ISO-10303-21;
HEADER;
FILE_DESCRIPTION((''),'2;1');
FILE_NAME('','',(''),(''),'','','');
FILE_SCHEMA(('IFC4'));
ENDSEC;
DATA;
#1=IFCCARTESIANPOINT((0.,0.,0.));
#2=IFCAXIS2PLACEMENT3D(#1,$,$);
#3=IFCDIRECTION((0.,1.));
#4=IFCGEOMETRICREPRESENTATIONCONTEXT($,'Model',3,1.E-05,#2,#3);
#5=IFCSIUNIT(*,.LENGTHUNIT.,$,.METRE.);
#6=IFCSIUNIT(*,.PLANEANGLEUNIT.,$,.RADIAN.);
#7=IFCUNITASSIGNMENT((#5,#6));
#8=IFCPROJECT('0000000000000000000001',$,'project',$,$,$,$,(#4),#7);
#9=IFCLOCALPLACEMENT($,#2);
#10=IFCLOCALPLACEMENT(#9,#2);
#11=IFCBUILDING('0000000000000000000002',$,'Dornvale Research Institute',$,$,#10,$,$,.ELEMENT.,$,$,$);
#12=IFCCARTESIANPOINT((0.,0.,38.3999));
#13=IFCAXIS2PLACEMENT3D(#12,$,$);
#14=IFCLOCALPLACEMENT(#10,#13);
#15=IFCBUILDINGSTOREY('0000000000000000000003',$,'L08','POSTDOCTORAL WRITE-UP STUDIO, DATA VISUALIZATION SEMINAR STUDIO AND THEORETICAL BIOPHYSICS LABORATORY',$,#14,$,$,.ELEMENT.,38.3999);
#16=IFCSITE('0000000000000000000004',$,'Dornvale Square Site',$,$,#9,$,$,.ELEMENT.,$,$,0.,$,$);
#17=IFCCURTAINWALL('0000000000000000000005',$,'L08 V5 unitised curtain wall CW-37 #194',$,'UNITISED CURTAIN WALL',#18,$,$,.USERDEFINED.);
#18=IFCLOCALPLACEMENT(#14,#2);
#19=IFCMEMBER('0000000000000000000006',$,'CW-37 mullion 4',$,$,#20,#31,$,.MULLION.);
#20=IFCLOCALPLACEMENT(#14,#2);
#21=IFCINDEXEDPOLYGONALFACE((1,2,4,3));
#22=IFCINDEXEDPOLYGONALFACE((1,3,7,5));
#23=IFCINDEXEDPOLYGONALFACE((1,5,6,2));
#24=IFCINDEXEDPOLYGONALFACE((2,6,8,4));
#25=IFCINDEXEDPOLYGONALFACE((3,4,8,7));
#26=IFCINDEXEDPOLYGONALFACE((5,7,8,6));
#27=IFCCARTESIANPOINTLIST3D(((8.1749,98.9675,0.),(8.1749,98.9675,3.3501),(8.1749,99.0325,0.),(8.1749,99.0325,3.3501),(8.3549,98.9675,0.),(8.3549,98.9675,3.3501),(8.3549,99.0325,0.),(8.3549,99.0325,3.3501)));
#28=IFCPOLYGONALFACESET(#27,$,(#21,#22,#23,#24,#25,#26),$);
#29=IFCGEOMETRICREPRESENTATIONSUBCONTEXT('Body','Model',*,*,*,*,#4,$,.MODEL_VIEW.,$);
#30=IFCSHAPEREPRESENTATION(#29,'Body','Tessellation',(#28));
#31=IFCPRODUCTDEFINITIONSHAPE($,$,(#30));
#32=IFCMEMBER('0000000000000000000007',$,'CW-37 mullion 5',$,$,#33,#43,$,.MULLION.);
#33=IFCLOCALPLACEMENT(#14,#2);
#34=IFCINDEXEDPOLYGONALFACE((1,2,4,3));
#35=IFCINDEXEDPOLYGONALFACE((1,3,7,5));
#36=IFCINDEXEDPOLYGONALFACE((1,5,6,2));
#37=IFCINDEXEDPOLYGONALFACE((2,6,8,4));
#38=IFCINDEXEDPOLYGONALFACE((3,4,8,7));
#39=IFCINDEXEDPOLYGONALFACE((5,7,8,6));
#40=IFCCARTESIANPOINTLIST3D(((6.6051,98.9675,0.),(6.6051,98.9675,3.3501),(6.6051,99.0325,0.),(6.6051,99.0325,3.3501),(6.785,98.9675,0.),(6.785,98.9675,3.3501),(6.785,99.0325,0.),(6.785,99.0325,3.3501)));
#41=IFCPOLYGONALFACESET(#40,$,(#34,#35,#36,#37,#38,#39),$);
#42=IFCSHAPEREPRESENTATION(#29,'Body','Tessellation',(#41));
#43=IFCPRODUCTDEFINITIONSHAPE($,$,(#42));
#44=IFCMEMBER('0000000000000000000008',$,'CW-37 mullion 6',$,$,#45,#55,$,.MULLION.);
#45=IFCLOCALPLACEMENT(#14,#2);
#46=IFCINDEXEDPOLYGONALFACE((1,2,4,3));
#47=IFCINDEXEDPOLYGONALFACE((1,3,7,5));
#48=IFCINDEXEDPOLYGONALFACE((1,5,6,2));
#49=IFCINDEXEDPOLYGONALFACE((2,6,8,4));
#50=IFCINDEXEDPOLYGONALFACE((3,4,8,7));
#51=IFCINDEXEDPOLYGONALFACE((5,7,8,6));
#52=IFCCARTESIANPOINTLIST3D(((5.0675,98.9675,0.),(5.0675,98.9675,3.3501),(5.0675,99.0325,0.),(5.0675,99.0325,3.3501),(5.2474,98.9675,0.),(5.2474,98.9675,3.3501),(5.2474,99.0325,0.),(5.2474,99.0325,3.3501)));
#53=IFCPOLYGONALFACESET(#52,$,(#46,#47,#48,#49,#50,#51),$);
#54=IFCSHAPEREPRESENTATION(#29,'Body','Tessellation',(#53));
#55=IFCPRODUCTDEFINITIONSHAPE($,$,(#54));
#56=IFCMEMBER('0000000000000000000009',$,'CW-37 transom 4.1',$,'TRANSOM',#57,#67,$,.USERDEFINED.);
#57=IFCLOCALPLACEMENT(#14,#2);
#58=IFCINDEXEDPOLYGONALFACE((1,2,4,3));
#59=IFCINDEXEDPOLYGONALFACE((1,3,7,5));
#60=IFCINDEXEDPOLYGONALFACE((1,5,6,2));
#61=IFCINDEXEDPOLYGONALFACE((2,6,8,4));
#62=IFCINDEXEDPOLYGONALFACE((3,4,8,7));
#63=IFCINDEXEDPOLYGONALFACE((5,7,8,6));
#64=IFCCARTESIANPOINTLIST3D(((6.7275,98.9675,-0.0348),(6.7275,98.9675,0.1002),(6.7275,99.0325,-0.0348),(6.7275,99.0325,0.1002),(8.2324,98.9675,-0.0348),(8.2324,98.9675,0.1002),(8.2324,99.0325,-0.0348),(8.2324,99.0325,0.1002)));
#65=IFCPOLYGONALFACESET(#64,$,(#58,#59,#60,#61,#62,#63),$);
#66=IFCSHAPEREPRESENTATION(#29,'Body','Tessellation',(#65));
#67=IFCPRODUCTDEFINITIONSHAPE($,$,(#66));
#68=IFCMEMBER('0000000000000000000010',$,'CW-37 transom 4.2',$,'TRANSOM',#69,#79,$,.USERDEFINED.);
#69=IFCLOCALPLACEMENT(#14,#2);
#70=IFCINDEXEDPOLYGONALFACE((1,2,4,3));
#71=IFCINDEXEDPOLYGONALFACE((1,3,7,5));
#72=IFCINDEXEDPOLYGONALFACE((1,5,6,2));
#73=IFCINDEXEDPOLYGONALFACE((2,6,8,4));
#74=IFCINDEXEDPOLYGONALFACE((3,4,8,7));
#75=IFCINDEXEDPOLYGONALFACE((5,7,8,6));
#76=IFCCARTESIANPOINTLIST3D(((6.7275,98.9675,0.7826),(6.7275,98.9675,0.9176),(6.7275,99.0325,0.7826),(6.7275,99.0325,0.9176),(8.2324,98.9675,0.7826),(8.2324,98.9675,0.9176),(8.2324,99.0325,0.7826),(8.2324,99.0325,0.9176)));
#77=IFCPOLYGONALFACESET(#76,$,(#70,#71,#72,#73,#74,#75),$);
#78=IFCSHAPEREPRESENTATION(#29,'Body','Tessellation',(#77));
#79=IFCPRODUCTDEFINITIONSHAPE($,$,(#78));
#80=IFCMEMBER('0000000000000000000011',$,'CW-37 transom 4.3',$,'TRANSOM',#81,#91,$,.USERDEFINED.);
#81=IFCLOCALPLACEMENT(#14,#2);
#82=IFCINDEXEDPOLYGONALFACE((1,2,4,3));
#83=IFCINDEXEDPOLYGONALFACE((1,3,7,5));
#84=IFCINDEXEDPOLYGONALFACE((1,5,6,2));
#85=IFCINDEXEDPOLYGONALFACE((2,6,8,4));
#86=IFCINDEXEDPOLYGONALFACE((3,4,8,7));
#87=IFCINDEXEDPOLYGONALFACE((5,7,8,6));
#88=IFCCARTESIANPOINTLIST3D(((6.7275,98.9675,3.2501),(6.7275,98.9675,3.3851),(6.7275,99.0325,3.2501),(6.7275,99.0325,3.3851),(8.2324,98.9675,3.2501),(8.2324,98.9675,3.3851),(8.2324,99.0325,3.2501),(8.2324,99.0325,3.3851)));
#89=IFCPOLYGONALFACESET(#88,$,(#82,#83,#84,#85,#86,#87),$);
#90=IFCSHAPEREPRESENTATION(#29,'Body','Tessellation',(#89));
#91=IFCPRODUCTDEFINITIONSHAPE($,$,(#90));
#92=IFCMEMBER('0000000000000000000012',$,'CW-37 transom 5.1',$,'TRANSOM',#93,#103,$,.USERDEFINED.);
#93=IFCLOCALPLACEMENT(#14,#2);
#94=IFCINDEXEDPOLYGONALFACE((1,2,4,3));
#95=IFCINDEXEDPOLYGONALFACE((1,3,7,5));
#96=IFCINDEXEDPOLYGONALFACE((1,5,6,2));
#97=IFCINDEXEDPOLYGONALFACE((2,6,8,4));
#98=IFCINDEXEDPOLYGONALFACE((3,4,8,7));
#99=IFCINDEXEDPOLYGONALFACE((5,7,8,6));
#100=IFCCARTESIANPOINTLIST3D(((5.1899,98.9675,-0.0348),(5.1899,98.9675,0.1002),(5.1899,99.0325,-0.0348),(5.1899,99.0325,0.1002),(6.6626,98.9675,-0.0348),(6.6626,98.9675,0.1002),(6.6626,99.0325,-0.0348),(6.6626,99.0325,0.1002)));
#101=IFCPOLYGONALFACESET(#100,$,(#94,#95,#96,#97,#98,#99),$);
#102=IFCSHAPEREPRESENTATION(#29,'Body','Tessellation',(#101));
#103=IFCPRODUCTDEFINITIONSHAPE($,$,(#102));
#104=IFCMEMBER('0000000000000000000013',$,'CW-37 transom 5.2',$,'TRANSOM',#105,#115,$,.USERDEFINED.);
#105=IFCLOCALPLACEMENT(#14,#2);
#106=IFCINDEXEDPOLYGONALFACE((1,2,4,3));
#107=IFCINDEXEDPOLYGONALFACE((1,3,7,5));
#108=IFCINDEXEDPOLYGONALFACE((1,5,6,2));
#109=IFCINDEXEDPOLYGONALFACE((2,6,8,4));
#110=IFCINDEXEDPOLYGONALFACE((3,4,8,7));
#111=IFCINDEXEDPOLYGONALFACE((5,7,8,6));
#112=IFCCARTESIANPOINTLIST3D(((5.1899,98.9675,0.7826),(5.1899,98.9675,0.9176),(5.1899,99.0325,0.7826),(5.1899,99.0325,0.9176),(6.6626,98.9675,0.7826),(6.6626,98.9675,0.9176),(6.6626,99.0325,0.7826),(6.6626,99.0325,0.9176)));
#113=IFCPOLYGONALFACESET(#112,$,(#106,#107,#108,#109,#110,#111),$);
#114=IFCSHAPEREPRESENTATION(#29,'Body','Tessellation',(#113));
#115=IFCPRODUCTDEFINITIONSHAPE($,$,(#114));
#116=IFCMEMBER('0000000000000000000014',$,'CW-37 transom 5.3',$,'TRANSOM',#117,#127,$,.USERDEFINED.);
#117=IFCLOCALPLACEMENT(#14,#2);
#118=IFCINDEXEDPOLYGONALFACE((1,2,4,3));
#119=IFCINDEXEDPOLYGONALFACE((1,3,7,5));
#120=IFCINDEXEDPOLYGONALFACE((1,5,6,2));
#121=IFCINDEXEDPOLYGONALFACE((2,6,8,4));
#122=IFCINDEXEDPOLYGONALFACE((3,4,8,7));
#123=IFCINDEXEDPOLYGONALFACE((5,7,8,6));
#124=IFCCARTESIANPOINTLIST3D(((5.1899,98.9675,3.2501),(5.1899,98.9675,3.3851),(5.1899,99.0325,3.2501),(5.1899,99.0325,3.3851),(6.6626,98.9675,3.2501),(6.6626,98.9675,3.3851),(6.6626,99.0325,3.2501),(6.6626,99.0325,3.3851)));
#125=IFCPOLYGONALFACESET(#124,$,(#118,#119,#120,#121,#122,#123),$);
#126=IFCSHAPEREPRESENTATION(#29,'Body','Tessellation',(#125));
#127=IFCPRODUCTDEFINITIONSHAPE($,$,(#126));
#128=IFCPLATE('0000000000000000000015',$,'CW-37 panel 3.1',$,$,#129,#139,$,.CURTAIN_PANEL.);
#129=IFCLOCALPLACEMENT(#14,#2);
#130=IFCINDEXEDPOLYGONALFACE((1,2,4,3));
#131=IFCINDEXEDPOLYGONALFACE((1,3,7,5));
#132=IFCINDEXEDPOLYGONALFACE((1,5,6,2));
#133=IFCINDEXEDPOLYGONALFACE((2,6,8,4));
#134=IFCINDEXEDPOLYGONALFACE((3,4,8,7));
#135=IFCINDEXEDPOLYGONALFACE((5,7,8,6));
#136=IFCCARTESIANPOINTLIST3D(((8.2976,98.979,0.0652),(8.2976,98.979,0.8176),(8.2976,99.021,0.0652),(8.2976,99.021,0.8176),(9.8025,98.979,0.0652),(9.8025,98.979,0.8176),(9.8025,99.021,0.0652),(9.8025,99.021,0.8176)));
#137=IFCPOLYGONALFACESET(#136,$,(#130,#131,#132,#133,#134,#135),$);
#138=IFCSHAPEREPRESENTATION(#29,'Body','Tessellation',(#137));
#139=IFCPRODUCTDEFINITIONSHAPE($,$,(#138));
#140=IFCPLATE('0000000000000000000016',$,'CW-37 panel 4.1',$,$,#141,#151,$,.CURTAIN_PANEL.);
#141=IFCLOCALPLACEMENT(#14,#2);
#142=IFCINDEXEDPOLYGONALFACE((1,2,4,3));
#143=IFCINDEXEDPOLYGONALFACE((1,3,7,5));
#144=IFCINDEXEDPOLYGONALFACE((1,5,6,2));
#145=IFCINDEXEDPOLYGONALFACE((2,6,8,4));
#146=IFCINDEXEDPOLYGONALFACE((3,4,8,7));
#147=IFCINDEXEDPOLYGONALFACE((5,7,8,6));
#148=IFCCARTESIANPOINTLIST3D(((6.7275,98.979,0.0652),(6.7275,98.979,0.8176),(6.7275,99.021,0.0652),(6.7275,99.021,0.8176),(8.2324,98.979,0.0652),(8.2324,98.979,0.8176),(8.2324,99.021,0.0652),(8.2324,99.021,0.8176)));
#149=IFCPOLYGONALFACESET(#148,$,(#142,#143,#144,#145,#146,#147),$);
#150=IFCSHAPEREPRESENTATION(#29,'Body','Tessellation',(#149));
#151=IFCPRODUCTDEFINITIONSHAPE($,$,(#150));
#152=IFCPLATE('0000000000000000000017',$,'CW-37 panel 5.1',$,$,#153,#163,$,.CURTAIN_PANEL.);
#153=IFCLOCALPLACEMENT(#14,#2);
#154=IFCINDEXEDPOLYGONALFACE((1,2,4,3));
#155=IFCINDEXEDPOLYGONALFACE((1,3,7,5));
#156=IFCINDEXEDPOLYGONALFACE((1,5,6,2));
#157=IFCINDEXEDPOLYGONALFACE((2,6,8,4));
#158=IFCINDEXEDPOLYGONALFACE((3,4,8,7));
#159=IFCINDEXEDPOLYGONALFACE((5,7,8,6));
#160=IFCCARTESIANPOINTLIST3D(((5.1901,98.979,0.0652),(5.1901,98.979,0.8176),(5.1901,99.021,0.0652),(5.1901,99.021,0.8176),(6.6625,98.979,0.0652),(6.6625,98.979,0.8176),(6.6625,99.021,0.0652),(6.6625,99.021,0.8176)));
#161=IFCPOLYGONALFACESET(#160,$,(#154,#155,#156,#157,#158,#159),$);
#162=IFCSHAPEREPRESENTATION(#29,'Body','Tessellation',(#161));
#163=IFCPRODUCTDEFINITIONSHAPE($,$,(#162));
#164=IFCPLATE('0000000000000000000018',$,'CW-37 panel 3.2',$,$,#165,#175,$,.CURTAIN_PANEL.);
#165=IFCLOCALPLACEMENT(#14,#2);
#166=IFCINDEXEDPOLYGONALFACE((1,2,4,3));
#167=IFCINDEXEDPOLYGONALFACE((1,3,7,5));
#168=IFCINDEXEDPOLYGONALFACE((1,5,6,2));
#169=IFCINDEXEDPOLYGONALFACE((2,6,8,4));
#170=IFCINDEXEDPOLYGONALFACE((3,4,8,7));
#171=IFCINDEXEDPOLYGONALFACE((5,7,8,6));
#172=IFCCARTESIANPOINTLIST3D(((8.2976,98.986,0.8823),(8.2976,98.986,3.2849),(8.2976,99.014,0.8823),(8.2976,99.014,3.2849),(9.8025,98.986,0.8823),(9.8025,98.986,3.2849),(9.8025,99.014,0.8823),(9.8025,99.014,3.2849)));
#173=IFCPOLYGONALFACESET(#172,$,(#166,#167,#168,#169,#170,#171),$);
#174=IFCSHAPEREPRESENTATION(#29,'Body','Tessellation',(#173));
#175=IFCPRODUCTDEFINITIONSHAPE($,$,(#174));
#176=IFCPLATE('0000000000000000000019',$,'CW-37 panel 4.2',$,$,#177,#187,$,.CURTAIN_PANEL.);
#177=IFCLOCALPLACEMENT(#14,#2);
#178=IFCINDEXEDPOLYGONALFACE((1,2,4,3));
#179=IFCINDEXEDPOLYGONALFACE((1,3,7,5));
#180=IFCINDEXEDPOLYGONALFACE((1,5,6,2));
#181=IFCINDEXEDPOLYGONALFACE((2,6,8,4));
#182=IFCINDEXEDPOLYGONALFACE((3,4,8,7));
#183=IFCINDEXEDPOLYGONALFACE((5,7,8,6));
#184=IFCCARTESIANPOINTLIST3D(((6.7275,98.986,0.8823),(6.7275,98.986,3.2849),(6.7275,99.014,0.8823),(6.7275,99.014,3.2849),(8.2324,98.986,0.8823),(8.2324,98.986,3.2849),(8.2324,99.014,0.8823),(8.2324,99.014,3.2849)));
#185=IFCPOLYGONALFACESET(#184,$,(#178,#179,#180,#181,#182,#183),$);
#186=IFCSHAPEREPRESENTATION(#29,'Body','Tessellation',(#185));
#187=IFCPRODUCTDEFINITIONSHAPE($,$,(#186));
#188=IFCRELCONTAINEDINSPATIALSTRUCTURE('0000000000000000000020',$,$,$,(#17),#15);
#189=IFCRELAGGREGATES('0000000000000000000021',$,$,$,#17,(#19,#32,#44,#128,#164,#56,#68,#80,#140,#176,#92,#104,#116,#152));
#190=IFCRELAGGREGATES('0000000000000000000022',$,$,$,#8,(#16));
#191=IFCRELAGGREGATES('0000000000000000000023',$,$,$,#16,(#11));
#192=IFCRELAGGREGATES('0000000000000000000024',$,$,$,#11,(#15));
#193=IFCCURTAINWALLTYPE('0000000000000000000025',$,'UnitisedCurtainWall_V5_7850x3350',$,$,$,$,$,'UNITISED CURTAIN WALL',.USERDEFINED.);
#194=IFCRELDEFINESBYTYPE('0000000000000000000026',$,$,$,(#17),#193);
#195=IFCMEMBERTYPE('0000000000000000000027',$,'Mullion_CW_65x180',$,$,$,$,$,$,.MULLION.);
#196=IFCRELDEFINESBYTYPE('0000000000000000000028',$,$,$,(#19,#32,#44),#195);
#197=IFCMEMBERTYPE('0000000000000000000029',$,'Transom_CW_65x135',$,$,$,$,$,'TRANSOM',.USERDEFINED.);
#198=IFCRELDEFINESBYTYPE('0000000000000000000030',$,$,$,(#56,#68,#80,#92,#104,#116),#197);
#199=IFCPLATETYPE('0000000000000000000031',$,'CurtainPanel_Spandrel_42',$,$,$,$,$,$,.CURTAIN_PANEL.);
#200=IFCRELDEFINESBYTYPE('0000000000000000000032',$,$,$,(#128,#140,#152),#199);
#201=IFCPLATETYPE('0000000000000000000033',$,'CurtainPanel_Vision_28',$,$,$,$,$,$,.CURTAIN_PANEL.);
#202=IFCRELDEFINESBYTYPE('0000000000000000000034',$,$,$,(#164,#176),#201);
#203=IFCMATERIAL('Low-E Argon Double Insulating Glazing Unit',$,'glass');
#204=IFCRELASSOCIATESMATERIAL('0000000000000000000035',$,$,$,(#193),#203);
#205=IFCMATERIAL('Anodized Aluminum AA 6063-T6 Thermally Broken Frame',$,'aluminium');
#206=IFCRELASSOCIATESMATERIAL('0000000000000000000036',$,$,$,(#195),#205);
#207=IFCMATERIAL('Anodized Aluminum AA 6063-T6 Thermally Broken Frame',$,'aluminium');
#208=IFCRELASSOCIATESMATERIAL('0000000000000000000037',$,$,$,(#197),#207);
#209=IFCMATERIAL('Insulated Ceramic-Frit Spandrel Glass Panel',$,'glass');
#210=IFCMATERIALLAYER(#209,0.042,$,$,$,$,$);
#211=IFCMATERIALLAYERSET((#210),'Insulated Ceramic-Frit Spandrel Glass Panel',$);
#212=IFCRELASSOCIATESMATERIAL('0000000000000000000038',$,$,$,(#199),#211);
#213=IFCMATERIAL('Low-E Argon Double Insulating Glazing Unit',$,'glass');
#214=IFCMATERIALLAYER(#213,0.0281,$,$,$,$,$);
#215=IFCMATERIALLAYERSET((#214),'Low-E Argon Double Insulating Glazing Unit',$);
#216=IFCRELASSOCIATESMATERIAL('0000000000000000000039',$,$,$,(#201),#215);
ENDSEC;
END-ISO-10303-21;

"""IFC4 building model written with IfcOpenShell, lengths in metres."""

from ifc_helpers import new_model, si_unit, direction, frame, origin, origin_2d, place, context, subcontext, project, spatial, rectangle, extrude, material, layer, layer_set, material_profile, profile_set, type_object, element, aggregate, save


model = new_model("IFC4")

# Units and contexts
model_context = context("Model", 3, precision=1e-05, world=origin(), true_north=direction((0.0, 1.0)))
body_context = subcontext(model_context, "Body", "Model", "MODEL_VIEW")
ifc_project = project(units=[si_unit("LENGTHUNIT", "METRE"), si_unit("PLANEANGLEUNIT", "RADIAN")], contexts=[model_context])

# Site, building, storey
site_placement = place(None, origin())
site = spatial("IfcSite", under=ifc_project, at=site_placement, Name="Dornvale Square Site", CompositionType="ELEMENT", RefElevation=0.0)
building_placement = place(site_placement, origin())
building = spatial("IfcBuilding", under=site, at=building_placement, Name="Dornvale Research Institute", CompositionType="ELEMENT")
storey_placement = place(building_placement, frame((0.0, 0.0, 38.3999)))
storey = spatial("IfcBuildingStorey", under=building, at=storey_placement, Name="L08", Description="POSTDOCTORAL WRITE-UP STUDIO, DATA VISUALIZATION SEMINAR STUDIO AND THEORETICAL BIOPHYSICS LABORATORY", CompositionType="ELEMENT", Elevation=38.3999)

# Curtain wall, members, plates
ifc_material_1 = material(Name="Low-E Argon Double Insulating Glazing Unit", Category="glass")
curtain_wall_type = type_object("IfcCurtainWallType", Name="UnitisedCurtainWall_V5_7850x3350", ElementType="UNITISED CURTAIN WALL", PredefinedType="USERDEFINED", material=ifc_material_1)
curtain_wall_placement = place(storey_placement, origin())
curtain_wall = element("IfcCurtainWall", 1, at=curtain_wall_placement, inside=storey, type_object=curtain_wall_type, Name="L08 V5 unitised curtain wall CW-37 #194", ObjectType="UNITISED CURTAIN WALL", PredefinedType="USERDEFINED")
ifc_material_2 = material(Name="Anodized Aluminum AA 6063-T6 Thermally Broken Frame", Category="aluminium")
ifc_material_profile_1 = material_profile(ifc_material_2, rectangle(XDim=0.0649, YDim=0.1799, at=origin_2d()), Name="ALU MULLION 65x180")
ifc_profile_set_1 = profile_set([ifc_material_profile_1], Name="Anodized Aluminum AA 6063-T6 Thermally Broken Frame")
member_type_1 = type_object("IfcMemberType", Name="Mullion_CW_65x180", PredefinedType="MULLION", material=ifc_profile_set_1)
member_1_placement = place(storey_placement, frame((8.2649, 99.0, 0.0), z_axis=(0.0, 0.0, 1.0), x_axis=(0.0, -1.0, 0.0)))
member_1 = element("IfcMember", 2, at=member_1_placement, type_object=member_type_1, Name="CW-37 mullion 4", PredefinedType="MULLION", context=body_context, shape_type="SweptSolid", body=[
    extrude(rectangle(XDim=0.0649, YDim=0.1799, at=origin_2d()), origin(), (0.0, 0.0, 1.0), 3.3501),
])
member_2_placement = place(storey_placement, frame((6.6951, 99.0, 0.0), z_axis=(0.0, 0.0, 1.0), x_axis=(0.0, -1.0, 0.0)))
member_2 = element("IfcMember", 3, at=member_2_placement, type_object=member_type_1, Name="CW-37 mullion 5", PredefinedType="MULLION", context=body_context, shape_type="SweptSolid", body=[
    extrude(rectangle(XDim=0.0649, YDim=0.1799, at=origin_2d()), origin(), (0.0, 0.0, 1.0), 3.3501),
])
member_3_placement = place(storey_placement, frame((5.1575, 99.0, 0.0), z_axis=(0.0, 0.0, 1.0), x_axis=(0.0, -1.0, 0.0)))
member_3 = element("IfcMember", 4, at=member_3_placement, type_object=member_type_1, Name="CW-37 mullion 6", PredefinedType="MULLION", context=body_context, shape_type="SweptSolid", body=[
    extrude(rectangle(XDim=0.0649, YDim=0.1799, at=origin_2d()), origin(), (0.0, 0.0, 1.0), 3.3501),
])
ifc_material_3 = material(Name="Anodized Aluminum AA 6063-T6 Thermally Broken Frame", Category="aluminium")
ifc_material_profile_2 = material_profile(ifc_material_3, rectangle(XDim=0.0649, YDim=0.135, at=origin_2d()), Name="ALU TRANSOM 65x135")
ifc_profile_set_2 = profile_set([ifc_material_profile_2], Name="Anodized Aluminum AA 6063-T6 Thermally Broken Frame")
member_type_2 = type_object("IfcMemberType", Name="Transom_CW_65x135", ElementType="TRANSOM", PredefinedType="USERDEFINED", material=ifc_profile_set_2)
member_4_placement = place(storey_placement, frame((8.2324, 99.0, 0.0327), z_axis=(-1.0, 0.0, 0.0), x_axis=(0.0, -1.0, 0.0)))
member_4 = element("IfcMember", 5, at=member_4_placement, type_object=member_type_2, Name="CW-37 transom 4.1", ObjectType="TRANSOM", PredefinedType="USERDEFINED", context=body_context, shape_type="SweptSolid", body=[
    extrude(rectangle(XDim=0.0649, YDim=0.135, at=origin_2d()), origin(), (0.0, 0.0, 1.0), 1.5049),
])
member_5_placement = place(storey_placement, frame((8.2324, 99.0, 0.8501), z_axis=(-1.0, 0.0, 0.0), x_axis=(0.0, -1.0, 0.0)))
member_5 = element("IfcMember", 6, at=member_5_placement, type_object=member_type_2, Name="CW-37 transom 4.2", ObjectType="TRANSOM", PredefinedType="USERDEFINED", context=body_context, shape_type="SweptSolid", body=[
    extrude(rectangle(XDim=0.0649, YDim=0.135, at=origin_2d()), origin(), (0.0, 0.0, 1.0), 1.5049),
])
member_6_placement = place(storey_placement, frame((8.2324, 99.0, 3.3176), z_axis=(-1.0, 0.0, 0.0), x_axis=(0.0, -1.0, 0.0)))
member_6 = element("IfcMember", 7, at=member_6_placement, type_object=member_type_2, Name="CW-37 transom 4.3", ObjectType="TRANSOM", PredefinedType="USERDEFINED", context=body_context, shape_type="SweptSolid", body=[
    extrude(rectangle(XDim=0.0649, YDim=0.135, at=origin_2d()), origin(), (0.0, 0.0, 1.0), 1.5049),
])
member_7_placement = place(storey_placement, frame((6.6626, 99.0, 0.0327), z_axis=(-1.0, 0.0, 0.0), x_axis=(0.0, -1.0, 0.0)))
member_7 = element("IfcMember", 8, at=member_7_placement, type_object=member_type_2, Name="CW-37 transom 5.1", ObjectType="TRANSOM", PredefinedType="USERDEFINED", context=body_context, shape_type="SweptSolid", body=[
    extrude(rectangle(XDim=0.0649, YDim=0.135, at=origin_2d()), origin(), (0.0, 0.0, 1.0), 1.4727),
])
member_8_placement = place(storey_placement, frame((6.6626, 99.0, 0.8501), z_axis=(-1.0, 0.0, 0.0), x_axis=(0.0, -1.0, 0.0)))
member_8 = element("IfcMember", 9, at=member_8_placement, type_object=member_type_2, Name="CW-37 transom 5.2", ObjectType="TRANSOM", PredefinedType="USERDEFINED", context=body_context, shape_type="SweptSolid", body=[
    extrude(rectangle(XDim=0.0649, YDim=0.135, at=origin_2d()), origin(), (0.0, 0.0, 1.0), 1.4727),
])
member_9_placement = place(storey_placement, frame((6.6626, 99.0, 3.3176), z_axis=(-1.0, 0.0, 0.0), x_axis=(0.0, -1.0, 0.0)))
member_9 = element("IfcMember", 10, at=member_9_placement, type_object=member_type_2, Name="CW-37 transom 5.3", ObjectType="TRANSOM", PredefinedType="USERDEFINED", context=body_context, shape_type="SweptSolid", body=[
    extrude(rectangle(XDim=0.0649, YDim=0.135, at=origin_2d()), origin(), (0.0, 0.0, 1.0), 1.4727),
])
ifc_material_4 = material(Name="Insulated Ceramic-Frit Spandrel Glass Panel", Category="glass")
ifc_layer_1 = layer(ifc_material_4, 0.042)
ifc_layer_set_1 = layer_set([ifc_layer_1], Name="Insulated Ceramic-Frit Spandrel Glass Panel")
plate_type_1 = type_object("IfcPlateType", Name="CurtainPanel_Spandrel_42", PredefinedType="CURTAIN_PANEL", material=ifc_layer_set_1)
plate_1_placement = place(storey_placement, frame((9.05, 99.0, 0.0652), z_axis=(0.0, 0.0, 1.0), x_axis=(-1.0, 0.0, 0.0)))
plate_1 = element("IfcPlate", 11, at=plate_1_placement, type_object=plate_type_1, Name="CW-37 panel 3.1", PredefinedType="CURTAIN_PANEL", context=body_context, shape_type="SweptSolid", body=[
    extrude(rectangle(XDim=1.5049, YDim=0.042, at=origin_2d()), origin(), (0.0, 0.0, 1.0), 0.7524),
])
plate_2_placement = place(storey_placement, frame((7.48, 99.0, 0.0652), z_axis=(0.0, 0.0, 1.0), x_axis=(-1.0, 0.0, 0.0)))
plate_2 = element("IfcPlate", 12, at=plate_2_placement, type_object=plate_type_1, Name="CW-37 panel 4.1", PredefinedType="CURTAIN_PANEL", context=body_context, shape_type="SweptSolid", body=[
    extrude(rectangle(XDim=1.5049, YDim=0.042, at=origin_2d()), origin(), (0.0, 0.0, 1.0), 0.7524),
])
plate_3_placement = place(storey_placement, frame((5.9263, 99.0, 0.0652), z_axis=(0.0, 0.0, 1.0), x_axis=(-1.0, 0.0, 0.0)))
plate_3 = element("IfcPlate", 13, at=plate_3_placement, type_object=plate_type_1, Name="CW-37 panel 5.1", PredefinedType="CURTAIN_PANEL", context=body_context, shape_type="SweptSolid", body=[
    extrude(rectangle(XDim=1.4724, YDim=0.042, at=origin_2d()), origin(), (0.0, 0.0, 1.0), 0.7524),
])
ifc_material_5 = material(Name="Low-E Argon Double Insulating Glazing Unit", Category="glass")
ifc_layer_2 = layer(ifc_material_5, 0.0281)
ifc_layer_set_2 = layer_set([ifc_layer_2], Name="Low-E Argon Double Insulating Glazing Unit")
plate_type_2 = type_object("IfcPlateType", Name="CurtainPanel_Vision_28", PredefinedType="CURTAIN_PANEL", material=ifc_layer_set_2)
plate_4_placement = place(storey_placement, frame((9.05, 99.0, 0.8823), z_axis=(0.0, 0.0, 1.0), x_axis=(-1.0, 0.0, 0.0)))
plate_4 = element("IfcPlate", 14, at=plate_4_placement, type_object=plate_type_2, Name="CW-37 panel 3.2", PredefinedType="CURTAIN_PANEL", context=body_context, shape_type="SweptSolid", body=[
    extrude(rectangle(XDim=1.5049, YDim=0.0281, at=origin_2d()), origin(), (0.0, 0.0, 1.0), 2.4026),
])
plate_5_placement = place(storey_placement, frame((7.48, 99.0, 0.8823), z_axis=(0.0, 0.0, 1.0), x_axis=(-1.0, 0.0, 0.0)))
plate_5 = element("IfcPlate", 15, at=plate_5_placement, type_object=plate_type_2, Name="CW-37 panel 4.2", PredefinedType="CURTAIN_PANEL", context=body_context, shape_type="SweptSolid", body=[
    extrude(rectangle(XDim=1.5049, YDim=0.0281, at=origin_2d()), origin(), (0.0, 0.0, 1.0), 2.4026),
])
aggregate(curtain_wall, [member_1, member_2, member_3, plate_1, plate_4, member_4, member_5, member_6, plate_2, plate_5, member_7, member_8, member_9, plate_3])

save(model, "model.ifc")
